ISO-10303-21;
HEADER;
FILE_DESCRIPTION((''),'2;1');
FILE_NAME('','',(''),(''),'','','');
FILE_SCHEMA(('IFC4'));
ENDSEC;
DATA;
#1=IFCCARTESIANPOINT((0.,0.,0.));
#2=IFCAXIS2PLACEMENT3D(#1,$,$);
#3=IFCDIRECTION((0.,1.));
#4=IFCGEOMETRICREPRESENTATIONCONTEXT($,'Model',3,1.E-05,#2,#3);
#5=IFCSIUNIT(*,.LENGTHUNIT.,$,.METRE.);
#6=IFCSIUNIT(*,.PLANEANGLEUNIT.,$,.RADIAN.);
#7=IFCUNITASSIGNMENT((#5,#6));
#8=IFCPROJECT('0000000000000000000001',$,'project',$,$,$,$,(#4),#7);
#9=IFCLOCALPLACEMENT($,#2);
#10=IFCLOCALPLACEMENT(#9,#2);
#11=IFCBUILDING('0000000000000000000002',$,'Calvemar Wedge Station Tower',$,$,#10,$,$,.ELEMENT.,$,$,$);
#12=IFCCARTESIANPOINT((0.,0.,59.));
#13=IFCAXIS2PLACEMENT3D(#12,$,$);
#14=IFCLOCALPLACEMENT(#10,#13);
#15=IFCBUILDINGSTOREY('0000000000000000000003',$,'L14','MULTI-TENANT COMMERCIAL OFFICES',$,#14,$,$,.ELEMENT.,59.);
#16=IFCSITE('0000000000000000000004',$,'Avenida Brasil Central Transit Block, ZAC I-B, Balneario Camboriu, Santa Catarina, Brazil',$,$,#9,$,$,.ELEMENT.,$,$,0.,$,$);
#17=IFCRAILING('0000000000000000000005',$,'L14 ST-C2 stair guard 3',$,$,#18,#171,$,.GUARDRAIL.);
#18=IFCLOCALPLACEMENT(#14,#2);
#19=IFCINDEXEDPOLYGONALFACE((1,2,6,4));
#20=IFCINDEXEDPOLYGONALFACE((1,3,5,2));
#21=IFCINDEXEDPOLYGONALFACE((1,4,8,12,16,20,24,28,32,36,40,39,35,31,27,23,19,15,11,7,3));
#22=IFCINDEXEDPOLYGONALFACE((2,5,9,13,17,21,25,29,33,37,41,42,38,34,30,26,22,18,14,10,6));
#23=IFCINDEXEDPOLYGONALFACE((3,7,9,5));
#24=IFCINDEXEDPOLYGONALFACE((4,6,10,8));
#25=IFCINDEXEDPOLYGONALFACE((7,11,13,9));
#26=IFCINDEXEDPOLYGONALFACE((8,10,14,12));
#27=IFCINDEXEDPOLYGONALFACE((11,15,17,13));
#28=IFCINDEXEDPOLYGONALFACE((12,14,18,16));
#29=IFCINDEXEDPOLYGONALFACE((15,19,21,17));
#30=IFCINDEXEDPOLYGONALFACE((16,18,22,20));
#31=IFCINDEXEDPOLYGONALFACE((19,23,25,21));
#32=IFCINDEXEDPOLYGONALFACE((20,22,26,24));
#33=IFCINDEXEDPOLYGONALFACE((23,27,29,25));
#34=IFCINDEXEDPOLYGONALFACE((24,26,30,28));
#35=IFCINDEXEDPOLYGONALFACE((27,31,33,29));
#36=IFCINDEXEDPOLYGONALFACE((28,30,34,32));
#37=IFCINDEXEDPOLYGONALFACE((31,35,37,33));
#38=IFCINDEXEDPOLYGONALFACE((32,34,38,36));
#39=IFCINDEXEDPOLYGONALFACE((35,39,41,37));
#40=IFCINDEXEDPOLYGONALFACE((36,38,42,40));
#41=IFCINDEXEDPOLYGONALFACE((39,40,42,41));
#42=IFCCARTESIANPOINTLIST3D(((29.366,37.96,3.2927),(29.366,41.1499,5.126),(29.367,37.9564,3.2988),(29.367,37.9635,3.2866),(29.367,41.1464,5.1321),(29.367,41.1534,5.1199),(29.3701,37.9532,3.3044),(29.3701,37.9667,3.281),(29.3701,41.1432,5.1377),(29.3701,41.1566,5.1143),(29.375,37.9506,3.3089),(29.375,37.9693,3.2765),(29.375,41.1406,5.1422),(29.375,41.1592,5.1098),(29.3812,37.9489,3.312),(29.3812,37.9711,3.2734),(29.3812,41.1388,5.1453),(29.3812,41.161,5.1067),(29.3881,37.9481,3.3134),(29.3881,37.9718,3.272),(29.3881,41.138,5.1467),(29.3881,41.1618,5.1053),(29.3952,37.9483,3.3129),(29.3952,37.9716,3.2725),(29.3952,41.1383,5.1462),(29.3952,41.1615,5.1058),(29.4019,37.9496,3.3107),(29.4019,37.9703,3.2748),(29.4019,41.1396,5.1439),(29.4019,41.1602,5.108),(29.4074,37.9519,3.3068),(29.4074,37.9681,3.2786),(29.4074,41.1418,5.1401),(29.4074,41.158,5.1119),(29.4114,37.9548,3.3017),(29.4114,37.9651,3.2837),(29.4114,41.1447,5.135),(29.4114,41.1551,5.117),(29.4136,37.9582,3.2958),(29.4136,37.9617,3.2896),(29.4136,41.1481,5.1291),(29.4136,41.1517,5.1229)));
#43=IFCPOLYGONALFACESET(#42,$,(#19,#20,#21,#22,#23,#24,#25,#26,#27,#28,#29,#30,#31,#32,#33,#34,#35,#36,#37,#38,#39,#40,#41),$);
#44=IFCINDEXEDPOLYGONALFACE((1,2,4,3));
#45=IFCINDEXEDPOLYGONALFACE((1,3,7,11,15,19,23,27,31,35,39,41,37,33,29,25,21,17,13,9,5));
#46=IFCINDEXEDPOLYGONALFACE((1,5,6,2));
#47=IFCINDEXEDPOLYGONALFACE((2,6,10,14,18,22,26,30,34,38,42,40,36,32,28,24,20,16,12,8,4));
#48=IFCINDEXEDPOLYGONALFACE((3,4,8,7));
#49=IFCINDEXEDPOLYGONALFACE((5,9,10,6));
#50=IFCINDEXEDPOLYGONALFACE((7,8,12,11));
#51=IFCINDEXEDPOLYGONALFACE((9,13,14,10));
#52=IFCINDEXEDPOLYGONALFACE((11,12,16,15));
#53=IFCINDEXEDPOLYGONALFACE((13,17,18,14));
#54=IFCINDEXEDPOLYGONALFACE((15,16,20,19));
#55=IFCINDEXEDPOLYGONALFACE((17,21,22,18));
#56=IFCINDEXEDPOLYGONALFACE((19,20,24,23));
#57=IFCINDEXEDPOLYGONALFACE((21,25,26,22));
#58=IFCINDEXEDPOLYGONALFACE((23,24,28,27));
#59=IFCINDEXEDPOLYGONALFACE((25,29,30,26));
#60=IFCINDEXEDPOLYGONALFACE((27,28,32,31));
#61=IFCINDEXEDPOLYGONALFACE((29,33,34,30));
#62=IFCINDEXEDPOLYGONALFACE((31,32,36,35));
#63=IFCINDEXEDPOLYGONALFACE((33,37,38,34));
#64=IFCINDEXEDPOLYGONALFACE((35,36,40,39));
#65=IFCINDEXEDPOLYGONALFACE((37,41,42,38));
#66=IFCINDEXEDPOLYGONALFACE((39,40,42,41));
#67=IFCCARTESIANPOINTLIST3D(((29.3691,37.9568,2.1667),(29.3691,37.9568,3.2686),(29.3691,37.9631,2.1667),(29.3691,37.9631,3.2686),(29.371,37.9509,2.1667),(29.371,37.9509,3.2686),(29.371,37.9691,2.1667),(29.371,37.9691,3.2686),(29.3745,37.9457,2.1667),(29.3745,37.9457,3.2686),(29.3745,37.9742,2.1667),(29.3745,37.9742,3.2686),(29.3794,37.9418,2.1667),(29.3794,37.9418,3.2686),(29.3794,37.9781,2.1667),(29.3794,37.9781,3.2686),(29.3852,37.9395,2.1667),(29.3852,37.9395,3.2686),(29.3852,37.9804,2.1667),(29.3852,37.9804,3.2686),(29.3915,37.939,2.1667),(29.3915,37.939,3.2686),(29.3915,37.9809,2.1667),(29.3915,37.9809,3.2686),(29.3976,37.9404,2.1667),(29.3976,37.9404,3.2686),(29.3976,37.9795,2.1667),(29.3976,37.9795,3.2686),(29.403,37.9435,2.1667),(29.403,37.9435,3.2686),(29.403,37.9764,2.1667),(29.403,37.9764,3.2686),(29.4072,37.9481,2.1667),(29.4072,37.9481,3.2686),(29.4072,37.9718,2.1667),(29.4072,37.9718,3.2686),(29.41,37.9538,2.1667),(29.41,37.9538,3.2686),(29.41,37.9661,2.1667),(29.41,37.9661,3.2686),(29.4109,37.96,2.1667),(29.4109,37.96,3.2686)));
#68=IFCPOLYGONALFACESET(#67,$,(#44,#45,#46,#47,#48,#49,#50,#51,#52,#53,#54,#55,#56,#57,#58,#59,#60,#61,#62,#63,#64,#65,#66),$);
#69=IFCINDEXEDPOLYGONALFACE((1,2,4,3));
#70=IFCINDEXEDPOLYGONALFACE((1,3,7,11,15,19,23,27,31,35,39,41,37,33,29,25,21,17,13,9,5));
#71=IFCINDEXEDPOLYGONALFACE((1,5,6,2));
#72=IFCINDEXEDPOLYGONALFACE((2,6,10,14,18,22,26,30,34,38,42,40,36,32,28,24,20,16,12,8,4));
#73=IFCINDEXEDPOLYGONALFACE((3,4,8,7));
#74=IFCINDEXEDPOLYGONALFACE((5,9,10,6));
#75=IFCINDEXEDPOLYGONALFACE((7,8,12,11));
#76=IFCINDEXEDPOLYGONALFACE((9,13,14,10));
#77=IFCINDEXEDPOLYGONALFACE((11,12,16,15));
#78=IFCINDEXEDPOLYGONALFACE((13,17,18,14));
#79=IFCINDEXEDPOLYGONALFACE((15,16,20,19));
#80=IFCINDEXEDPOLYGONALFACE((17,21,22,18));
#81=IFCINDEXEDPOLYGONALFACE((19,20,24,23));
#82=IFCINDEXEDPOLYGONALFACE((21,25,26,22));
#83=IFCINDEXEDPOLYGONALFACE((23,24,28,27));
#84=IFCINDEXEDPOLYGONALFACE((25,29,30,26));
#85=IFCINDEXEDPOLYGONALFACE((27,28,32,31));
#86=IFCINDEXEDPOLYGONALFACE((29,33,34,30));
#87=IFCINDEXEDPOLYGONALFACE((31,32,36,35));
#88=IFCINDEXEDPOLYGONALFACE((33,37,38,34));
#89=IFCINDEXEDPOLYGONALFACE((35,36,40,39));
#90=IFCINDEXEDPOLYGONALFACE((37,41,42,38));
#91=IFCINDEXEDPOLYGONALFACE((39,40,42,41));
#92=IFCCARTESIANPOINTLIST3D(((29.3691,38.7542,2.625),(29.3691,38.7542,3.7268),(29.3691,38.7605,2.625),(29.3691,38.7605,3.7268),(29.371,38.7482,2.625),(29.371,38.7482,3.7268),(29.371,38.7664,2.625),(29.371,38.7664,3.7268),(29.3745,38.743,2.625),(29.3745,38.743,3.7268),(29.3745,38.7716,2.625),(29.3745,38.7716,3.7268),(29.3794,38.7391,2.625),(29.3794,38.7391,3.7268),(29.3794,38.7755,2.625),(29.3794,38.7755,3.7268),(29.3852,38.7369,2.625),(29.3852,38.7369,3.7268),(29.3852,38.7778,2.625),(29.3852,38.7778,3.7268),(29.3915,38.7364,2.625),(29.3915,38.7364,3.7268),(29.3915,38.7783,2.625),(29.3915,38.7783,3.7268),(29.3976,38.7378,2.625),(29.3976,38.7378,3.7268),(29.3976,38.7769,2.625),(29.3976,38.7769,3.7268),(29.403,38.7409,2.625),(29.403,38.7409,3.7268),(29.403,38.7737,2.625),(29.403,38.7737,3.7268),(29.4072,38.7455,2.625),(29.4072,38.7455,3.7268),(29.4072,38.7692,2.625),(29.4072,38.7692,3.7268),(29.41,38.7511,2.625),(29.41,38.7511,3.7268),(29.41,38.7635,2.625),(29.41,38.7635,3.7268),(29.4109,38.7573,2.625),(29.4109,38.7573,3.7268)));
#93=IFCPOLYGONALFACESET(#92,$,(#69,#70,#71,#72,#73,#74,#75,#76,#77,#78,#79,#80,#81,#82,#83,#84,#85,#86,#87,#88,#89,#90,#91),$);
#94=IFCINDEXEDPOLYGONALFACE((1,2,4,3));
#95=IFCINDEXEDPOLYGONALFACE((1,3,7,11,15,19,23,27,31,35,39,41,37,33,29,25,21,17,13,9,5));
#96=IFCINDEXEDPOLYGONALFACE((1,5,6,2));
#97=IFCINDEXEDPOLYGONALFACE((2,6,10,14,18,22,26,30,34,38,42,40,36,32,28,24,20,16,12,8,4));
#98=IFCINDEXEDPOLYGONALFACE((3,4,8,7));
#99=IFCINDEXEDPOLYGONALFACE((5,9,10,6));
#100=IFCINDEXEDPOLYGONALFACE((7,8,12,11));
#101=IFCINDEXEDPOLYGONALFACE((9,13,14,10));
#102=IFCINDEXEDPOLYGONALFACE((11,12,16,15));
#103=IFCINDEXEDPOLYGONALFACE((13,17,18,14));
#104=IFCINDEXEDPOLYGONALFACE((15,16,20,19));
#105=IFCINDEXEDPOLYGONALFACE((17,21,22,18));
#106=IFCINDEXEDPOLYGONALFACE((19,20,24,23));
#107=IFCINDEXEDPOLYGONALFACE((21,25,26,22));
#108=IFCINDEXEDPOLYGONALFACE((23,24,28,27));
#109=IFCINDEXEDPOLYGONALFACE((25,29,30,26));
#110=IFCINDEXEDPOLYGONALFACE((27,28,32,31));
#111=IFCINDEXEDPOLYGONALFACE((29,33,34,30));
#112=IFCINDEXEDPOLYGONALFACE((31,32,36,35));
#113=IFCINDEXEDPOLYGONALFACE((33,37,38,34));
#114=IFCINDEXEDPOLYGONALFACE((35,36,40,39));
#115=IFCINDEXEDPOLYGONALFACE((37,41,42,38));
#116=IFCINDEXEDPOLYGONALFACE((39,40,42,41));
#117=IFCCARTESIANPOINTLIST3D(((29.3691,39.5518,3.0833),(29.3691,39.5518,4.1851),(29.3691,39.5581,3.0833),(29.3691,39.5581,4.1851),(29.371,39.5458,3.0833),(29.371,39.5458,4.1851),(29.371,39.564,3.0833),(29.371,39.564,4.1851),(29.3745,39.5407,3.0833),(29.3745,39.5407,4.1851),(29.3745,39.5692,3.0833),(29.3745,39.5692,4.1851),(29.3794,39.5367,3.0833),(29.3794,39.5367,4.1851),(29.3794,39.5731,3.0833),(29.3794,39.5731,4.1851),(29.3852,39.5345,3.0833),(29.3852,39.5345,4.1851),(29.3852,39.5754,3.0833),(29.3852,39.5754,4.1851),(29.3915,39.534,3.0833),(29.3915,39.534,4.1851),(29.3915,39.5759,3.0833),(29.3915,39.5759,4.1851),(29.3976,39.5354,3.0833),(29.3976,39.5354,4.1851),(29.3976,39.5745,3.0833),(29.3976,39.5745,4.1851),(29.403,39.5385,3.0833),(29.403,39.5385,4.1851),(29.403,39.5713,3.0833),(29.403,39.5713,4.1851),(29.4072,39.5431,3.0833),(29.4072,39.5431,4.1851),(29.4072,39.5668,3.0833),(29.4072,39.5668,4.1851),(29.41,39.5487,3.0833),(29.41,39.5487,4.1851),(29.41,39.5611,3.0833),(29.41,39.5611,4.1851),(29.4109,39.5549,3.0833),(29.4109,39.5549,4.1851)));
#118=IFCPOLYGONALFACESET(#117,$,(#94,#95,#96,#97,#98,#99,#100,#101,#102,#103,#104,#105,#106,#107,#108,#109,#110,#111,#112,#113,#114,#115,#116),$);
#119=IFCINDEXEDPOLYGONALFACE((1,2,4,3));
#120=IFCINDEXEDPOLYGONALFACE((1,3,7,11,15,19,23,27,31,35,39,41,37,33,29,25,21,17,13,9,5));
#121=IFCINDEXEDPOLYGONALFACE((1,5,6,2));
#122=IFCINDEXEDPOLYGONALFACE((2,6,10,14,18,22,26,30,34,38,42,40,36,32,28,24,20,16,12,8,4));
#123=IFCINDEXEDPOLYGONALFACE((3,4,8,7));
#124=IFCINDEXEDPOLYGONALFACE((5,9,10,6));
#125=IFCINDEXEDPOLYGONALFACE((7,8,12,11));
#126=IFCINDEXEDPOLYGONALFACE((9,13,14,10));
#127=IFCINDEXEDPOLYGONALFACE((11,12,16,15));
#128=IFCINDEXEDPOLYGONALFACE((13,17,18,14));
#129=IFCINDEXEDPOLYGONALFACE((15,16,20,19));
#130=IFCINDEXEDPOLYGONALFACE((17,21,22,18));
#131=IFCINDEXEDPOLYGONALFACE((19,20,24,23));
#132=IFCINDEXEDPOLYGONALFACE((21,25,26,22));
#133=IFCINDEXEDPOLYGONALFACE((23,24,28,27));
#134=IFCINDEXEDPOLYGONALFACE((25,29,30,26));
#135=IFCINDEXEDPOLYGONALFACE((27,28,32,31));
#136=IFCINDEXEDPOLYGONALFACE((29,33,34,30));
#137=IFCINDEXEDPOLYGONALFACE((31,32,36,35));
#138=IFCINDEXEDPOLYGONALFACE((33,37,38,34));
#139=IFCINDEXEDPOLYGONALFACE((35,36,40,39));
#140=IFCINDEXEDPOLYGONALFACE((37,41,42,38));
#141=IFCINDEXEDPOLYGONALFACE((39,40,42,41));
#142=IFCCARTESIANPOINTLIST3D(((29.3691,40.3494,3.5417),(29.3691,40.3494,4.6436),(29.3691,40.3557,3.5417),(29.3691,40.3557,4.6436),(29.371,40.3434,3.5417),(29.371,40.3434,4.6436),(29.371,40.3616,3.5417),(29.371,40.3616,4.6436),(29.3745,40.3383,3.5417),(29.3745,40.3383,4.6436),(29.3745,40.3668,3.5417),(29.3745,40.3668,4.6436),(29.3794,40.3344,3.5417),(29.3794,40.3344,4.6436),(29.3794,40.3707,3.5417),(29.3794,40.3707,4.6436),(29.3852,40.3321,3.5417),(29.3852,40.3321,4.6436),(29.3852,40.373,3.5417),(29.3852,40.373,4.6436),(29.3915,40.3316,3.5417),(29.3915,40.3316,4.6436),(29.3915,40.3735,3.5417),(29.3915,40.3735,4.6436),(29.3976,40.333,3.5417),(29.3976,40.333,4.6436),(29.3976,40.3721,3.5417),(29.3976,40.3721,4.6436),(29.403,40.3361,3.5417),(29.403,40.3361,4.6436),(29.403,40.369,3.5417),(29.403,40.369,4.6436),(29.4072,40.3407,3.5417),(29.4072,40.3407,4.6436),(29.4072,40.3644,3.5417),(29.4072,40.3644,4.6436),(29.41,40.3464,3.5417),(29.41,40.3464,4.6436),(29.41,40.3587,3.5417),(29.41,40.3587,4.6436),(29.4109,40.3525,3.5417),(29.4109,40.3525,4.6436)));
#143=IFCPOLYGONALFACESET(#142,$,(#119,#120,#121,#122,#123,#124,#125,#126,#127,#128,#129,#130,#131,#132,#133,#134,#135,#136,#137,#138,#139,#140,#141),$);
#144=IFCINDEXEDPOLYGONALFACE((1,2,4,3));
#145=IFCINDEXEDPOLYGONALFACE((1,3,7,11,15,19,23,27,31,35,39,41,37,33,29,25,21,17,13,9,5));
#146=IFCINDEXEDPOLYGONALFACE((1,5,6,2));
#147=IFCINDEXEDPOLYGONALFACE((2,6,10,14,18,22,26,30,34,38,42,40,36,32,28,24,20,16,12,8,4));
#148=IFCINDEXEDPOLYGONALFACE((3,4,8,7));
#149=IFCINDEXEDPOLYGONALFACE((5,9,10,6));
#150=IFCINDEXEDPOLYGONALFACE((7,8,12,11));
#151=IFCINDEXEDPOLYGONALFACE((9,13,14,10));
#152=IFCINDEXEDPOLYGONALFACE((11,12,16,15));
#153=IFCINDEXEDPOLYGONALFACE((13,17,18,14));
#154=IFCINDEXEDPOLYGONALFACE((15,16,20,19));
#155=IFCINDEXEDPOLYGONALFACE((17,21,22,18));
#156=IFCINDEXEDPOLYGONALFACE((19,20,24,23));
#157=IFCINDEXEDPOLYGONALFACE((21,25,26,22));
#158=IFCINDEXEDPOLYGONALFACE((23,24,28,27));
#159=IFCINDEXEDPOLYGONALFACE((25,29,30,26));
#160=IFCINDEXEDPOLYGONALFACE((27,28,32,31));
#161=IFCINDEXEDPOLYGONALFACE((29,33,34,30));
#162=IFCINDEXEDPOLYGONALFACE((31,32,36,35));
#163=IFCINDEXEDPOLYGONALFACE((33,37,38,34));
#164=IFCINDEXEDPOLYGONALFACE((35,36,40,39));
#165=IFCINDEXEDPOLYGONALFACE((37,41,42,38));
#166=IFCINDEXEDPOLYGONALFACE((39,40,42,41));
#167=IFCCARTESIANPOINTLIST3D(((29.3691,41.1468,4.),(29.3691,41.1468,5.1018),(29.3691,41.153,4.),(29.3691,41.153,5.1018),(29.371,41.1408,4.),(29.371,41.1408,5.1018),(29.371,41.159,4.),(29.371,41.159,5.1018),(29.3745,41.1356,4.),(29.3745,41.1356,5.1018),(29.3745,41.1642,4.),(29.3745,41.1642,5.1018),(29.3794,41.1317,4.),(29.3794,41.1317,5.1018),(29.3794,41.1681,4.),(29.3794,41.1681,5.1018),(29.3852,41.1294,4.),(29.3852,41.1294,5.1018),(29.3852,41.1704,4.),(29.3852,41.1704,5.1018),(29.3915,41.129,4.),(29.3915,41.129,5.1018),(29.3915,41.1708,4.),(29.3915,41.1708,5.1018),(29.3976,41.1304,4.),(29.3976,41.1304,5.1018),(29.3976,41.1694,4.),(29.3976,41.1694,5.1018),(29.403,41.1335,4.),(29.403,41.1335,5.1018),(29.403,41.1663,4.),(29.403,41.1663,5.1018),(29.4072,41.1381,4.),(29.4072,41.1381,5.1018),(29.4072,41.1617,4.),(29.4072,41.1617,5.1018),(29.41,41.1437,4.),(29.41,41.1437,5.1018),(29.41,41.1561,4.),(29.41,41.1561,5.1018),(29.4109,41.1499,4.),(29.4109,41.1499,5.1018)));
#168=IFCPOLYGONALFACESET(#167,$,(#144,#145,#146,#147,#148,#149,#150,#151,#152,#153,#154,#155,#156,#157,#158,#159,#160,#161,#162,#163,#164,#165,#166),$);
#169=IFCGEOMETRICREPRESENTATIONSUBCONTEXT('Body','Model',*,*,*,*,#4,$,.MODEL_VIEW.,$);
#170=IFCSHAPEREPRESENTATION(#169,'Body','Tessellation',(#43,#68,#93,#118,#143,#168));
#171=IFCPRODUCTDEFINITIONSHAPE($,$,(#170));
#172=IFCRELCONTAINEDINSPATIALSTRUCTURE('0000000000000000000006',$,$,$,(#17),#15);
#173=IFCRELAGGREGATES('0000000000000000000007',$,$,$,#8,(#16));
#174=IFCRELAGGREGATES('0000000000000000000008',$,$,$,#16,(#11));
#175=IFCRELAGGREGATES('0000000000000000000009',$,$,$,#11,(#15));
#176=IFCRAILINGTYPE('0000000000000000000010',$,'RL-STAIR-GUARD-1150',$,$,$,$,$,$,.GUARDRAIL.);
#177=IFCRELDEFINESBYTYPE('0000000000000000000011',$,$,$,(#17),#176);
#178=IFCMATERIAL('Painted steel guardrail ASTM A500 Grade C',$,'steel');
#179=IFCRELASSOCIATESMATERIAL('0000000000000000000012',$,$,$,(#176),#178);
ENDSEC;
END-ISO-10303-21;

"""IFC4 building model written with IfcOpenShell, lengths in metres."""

from ifc_helpers import new_model, si_unit, direction, frame, origin, origin_2d, place, context, subcontext, project, spatial, circle, extrude, material, type_object, element, save


model = new_model("IFC4")

# Units and contexts
model_context = context("Model", 3, precision=1e-05, world=origin(), true_north=direction((0.0, 1.0)))
body_context = subcontext(model_context, "Body", "Model", "MODEL_VIEW")
ifc_project = project(units=[si_unit("LENGTHUNIT", "METRE"), si_unit("PLANEANGLEUNIT", "RADIAN")], contexts=[model_context])

# Site, building, storey
site_placement = place(None, origin())
site = spatial("IfcSite", under=ifc_project, at=site_placement, Name="Avenida Brasil Central Transit Block, ZAC I-B, Balneario Camboriu, Santa Catarina, Brazil", CompositionType="ELEMENT", RefElevation=0.0)
building_placement = place(site_placement, origin())
building = spatial("IfcBuilding", under=site, at=building_placement, Name="Calvemar Wedge Station Tower", CompositionType="ELEMENT")
storey_placement = place(building_placement, frame((0.0, 0.0, 59.0)))
storey = spatial("IfcBuildingStorey", under=building, at=storey_placement, Name="L14", Description="MULTI-TENANT COMMERCIAL OFFICES", CompositionType="ELEMENT", Elevation=59.0)

# Railing
ifc_material_1 = material(Name="Painted steel guardrail ASTM A500 Grade C", Category="steel")
railing_type_1 = type_object("IfcRailingType", Name="RL-STAIR-GUARD-1150", PredefinedType="GUARDRAIL", material=ifc_material_1)
railing_1_placement = place(storey_placement, frame((29.3899, 37.96, 2.1667)))
element("IfcRailing", 1, at=railing_1_placement, inside=storey, type_object=railing_type_1, Name="L14 ST-C2 stair guard 3", PredefinedType="GUARDRAIL", context=body_context, shape_type="SweptSolid", body=[
    extrude(circle(Radius=0.0239, at=origin_2d()), frame((0.0, 0.0, 1.126), z_axis=(0.0, 0.86702, 0.498274), x_axis=(-1.0, 0.0, 0.0)), (0.0, 0.0, 1.0), 3.6792),
    extrude(circle(Radius=0.021, at=origin_2d()), origin(), (0.0, 0.0, 1.0), 1.1018),
    extrude(circle(Radius=0.021, at=origin_2d()), frame((0.0, 0.7974, 0.4583)), (0.0, 0.0, 1.0), 1.1018),
    extrude(circle(Radius=0.021, at=origin_2d()), frame((0.0, 1.595, 0.9165)), (0.0, 0.0, 1.0), 1.1018),
    extrude(circle(Radius=0.021, at=origin_2d()), frame((0.0, 2.3926, 1.375)), (0.0, 0.0, 1.0), 1.1018),
    extrude(circle(Radius=0.021, at=origin_2d()), frame((0.0, 3.1899, 1.8333)), (0.0, 0.0, 1.0), 1.1018),
])

save(model, "model.ifc")
